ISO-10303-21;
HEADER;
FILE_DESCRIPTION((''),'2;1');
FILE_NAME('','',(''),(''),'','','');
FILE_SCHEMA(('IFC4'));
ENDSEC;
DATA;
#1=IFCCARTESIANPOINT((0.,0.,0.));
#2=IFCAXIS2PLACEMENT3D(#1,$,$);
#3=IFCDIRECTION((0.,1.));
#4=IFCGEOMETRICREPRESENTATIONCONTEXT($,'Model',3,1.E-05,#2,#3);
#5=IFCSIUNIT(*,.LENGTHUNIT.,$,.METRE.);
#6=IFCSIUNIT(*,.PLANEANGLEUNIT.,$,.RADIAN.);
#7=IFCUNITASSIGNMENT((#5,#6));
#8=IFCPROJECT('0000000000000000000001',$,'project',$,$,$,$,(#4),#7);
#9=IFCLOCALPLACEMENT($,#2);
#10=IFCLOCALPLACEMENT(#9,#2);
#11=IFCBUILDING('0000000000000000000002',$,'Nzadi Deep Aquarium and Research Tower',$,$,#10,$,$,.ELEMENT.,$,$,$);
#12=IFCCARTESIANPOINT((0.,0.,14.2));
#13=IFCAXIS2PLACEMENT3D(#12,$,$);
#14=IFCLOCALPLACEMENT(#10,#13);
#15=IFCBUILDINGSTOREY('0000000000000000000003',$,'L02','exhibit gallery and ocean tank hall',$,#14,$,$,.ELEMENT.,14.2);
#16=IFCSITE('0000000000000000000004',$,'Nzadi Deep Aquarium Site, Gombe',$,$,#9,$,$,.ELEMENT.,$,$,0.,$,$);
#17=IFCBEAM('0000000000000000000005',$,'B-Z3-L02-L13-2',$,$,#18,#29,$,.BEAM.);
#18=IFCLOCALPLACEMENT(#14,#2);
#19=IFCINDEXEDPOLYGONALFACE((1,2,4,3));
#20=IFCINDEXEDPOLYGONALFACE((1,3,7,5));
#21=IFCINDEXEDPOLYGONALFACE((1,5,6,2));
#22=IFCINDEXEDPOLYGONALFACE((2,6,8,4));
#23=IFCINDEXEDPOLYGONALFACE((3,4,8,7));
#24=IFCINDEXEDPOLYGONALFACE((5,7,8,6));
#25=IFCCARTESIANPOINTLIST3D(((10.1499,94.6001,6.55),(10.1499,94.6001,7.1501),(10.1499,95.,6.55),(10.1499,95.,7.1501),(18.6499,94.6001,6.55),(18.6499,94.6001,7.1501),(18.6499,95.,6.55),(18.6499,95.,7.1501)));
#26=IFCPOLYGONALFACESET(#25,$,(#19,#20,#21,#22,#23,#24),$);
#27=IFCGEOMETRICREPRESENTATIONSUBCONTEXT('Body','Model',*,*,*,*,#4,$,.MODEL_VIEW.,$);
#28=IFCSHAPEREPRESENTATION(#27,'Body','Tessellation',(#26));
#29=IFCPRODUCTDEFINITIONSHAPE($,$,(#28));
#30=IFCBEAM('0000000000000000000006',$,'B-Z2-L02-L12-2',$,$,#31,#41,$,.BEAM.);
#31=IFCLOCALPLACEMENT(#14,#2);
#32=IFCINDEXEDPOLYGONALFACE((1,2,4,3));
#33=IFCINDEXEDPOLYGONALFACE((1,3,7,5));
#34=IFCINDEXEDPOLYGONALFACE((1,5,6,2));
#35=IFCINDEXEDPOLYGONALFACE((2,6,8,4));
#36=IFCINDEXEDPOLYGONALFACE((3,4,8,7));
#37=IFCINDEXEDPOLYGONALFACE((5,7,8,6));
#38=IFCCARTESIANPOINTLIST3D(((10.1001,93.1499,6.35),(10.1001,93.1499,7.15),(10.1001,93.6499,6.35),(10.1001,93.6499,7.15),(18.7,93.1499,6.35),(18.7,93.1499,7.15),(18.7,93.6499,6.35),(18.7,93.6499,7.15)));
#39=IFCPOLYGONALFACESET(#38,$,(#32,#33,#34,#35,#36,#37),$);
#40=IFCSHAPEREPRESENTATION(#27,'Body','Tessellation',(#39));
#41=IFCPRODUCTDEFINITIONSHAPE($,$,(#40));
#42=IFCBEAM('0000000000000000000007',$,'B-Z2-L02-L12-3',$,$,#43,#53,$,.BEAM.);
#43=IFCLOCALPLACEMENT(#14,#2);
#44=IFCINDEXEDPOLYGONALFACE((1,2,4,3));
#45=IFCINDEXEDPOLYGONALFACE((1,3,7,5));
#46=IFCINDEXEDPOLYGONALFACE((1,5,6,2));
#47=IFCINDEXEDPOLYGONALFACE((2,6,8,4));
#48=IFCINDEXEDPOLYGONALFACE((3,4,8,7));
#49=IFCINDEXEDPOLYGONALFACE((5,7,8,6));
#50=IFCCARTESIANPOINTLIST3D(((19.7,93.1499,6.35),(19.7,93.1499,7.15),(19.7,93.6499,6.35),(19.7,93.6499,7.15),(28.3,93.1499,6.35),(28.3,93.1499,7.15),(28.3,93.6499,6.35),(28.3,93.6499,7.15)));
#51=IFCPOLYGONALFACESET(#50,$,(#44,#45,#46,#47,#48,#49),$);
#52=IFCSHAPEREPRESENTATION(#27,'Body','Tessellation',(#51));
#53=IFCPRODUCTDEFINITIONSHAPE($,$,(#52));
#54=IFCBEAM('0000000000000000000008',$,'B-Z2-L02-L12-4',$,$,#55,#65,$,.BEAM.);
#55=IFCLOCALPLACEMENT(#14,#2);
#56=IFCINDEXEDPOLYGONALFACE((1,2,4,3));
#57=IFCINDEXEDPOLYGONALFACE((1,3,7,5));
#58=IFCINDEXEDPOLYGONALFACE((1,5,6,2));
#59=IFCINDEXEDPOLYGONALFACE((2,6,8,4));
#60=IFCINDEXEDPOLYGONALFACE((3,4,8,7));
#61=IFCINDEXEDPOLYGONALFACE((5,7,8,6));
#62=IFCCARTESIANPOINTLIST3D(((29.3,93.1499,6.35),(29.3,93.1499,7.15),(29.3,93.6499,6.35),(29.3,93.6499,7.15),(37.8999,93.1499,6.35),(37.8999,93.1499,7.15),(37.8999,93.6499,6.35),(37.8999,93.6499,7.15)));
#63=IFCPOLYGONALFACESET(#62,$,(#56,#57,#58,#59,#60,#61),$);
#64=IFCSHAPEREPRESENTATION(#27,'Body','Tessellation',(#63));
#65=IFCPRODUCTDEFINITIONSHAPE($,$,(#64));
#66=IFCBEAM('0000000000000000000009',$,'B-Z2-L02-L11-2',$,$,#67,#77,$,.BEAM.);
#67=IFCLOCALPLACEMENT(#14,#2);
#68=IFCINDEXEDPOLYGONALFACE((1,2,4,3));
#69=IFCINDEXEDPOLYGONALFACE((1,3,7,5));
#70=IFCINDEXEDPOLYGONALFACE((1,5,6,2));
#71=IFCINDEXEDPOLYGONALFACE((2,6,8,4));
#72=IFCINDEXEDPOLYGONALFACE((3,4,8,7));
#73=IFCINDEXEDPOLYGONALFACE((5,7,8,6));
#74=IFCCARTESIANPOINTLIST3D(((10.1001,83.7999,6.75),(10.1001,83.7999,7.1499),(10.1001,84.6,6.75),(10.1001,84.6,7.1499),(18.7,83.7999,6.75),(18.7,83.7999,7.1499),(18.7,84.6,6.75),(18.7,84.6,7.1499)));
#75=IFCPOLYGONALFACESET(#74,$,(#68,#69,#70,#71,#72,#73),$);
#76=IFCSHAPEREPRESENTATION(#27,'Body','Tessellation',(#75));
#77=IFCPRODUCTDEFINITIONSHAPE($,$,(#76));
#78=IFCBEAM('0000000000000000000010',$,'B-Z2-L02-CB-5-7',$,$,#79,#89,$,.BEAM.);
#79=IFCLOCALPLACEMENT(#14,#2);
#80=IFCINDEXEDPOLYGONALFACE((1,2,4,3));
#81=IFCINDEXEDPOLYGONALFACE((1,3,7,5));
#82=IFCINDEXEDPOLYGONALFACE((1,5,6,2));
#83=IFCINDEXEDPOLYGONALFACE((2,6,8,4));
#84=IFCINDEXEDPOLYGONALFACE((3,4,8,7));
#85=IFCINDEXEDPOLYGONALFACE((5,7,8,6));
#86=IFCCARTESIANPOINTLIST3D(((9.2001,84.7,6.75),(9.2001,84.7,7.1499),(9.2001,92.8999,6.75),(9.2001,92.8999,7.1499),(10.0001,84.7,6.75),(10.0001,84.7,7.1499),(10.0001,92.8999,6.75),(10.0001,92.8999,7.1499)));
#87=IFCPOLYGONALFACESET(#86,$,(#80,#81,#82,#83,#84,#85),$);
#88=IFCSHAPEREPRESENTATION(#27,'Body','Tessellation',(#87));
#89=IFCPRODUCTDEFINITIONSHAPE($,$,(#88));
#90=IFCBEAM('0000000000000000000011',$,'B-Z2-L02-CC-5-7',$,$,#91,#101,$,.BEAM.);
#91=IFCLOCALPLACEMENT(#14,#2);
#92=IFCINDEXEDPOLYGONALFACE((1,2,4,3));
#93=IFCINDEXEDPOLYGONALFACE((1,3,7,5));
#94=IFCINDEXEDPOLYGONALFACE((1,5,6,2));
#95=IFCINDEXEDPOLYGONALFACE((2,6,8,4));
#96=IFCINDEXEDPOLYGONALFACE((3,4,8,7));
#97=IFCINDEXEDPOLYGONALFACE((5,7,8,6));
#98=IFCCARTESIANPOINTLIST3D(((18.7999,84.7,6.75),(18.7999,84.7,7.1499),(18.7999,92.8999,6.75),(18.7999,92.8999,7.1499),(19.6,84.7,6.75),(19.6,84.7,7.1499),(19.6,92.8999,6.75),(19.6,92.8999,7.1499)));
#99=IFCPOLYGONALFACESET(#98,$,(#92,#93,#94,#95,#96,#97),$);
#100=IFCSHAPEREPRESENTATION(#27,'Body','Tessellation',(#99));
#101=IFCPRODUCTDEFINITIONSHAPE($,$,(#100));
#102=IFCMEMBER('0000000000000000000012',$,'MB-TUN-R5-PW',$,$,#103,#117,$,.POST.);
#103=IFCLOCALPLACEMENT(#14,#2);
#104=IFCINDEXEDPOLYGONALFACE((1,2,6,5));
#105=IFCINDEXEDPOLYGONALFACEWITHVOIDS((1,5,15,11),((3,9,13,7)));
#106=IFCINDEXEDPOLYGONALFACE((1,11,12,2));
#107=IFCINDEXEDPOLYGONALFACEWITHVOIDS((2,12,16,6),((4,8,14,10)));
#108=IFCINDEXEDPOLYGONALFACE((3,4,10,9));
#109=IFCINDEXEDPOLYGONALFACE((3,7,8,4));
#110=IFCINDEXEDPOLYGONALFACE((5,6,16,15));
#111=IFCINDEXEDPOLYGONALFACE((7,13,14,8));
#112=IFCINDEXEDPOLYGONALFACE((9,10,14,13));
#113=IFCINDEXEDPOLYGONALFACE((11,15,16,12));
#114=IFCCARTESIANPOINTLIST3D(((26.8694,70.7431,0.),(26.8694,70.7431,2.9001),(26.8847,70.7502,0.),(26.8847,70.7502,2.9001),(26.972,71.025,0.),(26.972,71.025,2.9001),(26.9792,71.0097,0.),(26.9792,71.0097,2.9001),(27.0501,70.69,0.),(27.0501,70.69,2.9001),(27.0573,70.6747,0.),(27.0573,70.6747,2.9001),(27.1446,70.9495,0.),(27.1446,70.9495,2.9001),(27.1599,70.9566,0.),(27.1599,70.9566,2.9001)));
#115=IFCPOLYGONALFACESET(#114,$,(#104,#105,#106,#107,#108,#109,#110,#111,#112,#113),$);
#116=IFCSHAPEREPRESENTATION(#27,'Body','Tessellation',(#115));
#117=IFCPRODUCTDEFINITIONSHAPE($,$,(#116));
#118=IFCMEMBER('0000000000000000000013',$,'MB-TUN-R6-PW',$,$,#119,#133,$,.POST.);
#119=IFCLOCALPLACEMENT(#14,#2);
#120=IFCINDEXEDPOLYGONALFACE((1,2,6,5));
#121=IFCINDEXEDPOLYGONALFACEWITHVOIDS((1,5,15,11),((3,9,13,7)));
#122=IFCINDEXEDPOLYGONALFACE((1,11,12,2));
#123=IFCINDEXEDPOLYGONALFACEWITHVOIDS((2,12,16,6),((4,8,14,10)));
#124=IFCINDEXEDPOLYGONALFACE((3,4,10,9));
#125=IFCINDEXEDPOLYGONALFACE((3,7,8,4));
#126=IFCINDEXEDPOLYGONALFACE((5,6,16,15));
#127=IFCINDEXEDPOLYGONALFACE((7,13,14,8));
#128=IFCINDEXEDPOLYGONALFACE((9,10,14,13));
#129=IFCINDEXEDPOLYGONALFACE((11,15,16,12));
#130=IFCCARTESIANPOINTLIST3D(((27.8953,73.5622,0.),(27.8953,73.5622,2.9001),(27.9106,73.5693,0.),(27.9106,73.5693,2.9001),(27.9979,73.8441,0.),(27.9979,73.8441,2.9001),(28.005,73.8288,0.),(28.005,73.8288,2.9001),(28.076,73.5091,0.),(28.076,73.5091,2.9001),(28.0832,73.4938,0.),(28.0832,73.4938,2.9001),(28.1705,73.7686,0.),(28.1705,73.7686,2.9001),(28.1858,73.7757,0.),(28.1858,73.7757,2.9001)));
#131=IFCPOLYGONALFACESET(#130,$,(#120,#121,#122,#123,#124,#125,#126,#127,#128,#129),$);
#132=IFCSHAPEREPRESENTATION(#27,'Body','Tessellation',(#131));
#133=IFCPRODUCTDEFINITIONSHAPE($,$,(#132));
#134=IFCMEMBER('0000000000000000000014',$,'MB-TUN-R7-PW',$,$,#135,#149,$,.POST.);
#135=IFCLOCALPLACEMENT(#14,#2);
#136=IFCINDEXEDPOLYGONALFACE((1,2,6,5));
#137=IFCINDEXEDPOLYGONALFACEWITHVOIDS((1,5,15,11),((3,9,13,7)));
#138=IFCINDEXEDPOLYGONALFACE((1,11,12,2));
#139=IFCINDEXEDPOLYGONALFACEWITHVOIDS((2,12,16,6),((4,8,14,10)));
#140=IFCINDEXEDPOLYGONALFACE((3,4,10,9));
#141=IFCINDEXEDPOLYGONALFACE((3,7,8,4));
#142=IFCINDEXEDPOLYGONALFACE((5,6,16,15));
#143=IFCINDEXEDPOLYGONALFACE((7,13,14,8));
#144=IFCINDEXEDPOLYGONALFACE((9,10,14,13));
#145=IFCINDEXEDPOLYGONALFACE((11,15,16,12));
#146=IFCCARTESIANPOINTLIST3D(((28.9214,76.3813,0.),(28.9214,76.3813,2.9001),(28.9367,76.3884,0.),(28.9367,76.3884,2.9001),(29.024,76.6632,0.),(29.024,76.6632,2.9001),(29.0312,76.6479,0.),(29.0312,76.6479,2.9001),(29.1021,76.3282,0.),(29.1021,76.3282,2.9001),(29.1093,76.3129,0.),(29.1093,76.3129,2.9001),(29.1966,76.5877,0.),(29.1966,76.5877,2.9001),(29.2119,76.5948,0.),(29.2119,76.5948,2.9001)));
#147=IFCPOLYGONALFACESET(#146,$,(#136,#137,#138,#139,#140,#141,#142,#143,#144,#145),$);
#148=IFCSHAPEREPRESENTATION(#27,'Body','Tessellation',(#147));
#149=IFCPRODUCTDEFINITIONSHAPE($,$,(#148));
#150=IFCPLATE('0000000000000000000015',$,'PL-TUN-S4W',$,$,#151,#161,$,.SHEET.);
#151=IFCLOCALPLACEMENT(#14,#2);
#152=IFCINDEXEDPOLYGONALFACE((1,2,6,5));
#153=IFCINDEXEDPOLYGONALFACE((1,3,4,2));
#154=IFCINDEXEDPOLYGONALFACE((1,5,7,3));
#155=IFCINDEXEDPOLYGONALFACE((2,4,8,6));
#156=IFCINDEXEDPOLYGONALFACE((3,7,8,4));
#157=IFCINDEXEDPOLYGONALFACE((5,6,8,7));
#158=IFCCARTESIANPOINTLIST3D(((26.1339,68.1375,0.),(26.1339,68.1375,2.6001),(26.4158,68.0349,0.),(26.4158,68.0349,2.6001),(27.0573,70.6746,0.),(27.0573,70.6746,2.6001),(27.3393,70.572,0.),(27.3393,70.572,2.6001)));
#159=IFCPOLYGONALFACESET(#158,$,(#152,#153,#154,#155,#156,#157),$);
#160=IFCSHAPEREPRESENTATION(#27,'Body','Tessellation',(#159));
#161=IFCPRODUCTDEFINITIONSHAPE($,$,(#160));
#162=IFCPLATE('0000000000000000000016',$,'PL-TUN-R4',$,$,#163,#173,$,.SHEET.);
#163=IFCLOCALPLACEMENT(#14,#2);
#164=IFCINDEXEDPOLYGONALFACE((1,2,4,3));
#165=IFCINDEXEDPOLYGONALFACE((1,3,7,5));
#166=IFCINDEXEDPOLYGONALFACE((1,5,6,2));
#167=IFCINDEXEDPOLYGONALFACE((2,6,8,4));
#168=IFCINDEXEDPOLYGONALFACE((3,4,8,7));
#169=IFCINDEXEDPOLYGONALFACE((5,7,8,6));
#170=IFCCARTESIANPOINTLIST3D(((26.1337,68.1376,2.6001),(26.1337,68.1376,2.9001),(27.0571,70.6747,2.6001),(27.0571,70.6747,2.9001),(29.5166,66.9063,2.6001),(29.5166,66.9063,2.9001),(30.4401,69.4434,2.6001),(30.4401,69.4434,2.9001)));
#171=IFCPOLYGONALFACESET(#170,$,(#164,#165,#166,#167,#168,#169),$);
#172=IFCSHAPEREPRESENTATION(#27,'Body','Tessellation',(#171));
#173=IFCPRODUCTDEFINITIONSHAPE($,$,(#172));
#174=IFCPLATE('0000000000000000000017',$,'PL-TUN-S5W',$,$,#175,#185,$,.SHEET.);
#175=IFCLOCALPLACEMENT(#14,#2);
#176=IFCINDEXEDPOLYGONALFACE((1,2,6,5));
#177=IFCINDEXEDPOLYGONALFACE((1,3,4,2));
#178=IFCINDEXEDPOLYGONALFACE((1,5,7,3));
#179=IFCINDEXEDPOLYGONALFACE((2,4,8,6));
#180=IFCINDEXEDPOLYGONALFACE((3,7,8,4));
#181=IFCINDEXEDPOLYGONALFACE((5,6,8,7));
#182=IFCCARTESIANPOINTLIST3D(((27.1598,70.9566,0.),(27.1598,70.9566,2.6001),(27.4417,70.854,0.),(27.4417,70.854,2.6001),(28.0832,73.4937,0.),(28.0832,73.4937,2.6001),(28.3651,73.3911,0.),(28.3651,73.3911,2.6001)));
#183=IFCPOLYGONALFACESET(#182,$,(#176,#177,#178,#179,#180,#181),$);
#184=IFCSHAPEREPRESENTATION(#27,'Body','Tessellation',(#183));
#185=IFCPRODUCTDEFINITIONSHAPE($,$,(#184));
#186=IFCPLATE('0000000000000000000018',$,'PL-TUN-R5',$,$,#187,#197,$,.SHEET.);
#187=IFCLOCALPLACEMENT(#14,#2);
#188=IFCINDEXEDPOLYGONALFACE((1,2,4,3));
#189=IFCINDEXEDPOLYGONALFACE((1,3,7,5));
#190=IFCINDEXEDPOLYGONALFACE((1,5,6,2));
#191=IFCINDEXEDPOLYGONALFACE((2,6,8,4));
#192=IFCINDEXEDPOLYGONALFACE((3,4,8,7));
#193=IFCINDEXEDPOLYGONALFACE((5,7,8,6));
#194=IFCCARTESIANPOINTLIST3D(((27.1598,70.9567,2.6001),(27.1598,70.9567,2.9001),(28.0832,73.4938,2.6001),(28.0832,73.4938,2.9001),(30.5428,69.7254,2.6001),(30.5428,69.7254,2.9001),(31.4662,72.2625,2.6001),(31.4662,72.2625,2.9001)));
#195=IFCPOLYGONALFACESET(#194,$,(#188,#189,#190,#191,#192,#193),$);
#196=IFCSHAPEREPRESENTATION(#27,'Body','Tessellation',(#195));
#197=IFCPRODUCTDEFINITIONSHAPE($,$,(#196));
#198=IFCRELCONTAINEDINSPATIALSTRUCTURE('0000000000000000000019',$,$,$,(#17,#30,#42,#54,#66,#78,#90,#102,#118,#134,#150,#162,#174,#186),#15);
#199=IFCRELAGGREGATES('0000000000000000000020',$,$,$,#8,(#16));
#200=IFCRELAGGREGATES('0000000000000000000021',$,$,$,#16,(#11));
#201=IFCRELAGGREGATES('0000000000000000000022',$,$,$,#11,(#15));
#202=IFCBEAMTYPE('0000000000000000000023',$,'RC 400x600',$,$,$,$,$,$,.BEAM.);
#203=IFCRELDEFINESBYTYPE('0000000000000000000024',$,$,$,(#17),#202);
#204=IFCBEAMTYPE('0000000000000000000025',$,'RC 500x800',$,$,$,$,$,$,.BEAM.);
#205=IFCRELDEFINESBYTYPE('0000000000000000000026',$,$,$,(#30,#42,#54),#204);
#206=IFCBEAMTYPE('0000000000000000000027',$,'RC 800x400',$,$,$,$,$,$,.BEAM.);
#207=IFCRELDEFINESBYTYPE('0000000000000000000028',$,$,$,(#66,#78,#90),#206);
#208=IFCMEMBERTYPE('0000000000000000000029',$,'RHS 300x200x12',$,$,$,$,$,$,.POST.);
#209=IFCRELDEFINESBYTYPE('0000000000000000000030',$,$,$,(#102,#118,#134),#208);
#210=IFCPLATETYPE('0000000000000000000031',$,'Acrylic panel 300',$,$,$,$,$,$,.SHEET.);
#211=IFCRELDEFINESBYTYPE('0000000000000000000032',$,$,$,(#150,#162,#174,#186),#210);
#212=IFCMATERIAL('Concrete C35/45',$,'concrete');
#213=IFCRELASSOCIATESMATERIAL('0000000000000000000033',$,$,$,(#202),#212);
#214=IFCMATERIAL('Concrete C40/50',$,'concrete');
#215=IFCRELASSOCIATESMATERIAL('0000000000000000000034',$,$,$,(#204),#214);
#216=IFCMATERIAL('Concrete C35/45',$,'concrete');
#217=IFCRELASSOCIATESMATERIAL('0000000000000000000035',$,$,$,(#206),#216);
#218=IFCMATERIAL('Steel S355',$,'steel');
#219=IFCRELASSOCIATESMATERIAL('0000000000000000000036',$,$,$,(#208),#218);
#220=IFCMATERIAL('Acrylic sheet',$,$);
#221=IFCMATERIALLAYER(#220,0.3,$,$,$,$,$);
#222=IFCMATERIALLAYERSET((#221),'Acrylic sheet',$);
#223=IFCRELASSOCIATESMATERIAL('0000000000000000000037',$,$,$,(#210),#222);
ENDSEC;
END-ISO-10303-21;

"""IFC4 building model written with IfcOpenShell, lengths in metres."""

from ifc_helpers import new_model, si_unit, direction, frame, origin, origin_2d, place, context, subcontext, project, spatial, rectangle, hollow_rectangle, extrude, material, layer, layer_set, material_profile, profile_set, type_object, element, save


model = new_model("IFC4")

# Units and contexts
model_context = context("Model", 3, precision=1e-05, world=origin(), true_north=direction((0.0, 1.0)))
body_context = subcontext(model_context, "Body", "Model", "MODEL_VIEW")
ifc_project = project(units=[si_unit("LENGTHUNIT", "METRE"), si_unit("PLANEANGLEUNIT", "RADIAN")], contexts=[model_context])

# Site, building, storey
site_placement = place(None, origin())
site = spatial("IfcSite", under=ifc_project, at=site_placement, Name="Nzadi Deep Aquarium Site, Gombe", CompositionType="ELEMENT", RefElevation=0.0)
building_placement = place(site_placement, origin())
building = spatial("IfcBuilding", under=site, at=building_placement, Name="Nzadi Deep Aquarium and Research Tower", CompositionType="ELEMENT")
storey_placement = place(building_placement, frame((0.0, 0.0, 14.2)))
storey = spatial("IfcBuildingStorey", under=building, at=storey_placement, Name="L02", Description="exhibit gallery and ocean tank hall", CompositionType="ELEMENT", Elevation=14.2)

# Beams
ifc_material_1 = material(Name="Concrete C35/45", Category="concrete")
ifc_material_profile_1 = material_profile(ifc_material_1, rectangle(XDim=0.3999, YDim=0.6001, at=origin_2d()))
ifc_profile_set_1 = profile_set([ifc_material_profile_1], Name="Concrete C35/45")
beam_type_1 = type_object("IfcBeamType", Name="RC 400x600", PredefinedType="BEAM", material=ifc_profile_set_1)
beam_1_placement = place(storey_placement, frame((10.1499, 94.8, 6.8501), z_axis=(1.0, 0.0, 0.0), x_axis=(0.0, 1.0, 0.0)))
element("IfcBeam", 1, at=beam_1_placement, inside=storey, type_object=beam_type_1, Name="B-Z3-L02-L13-2", PredefinedType="BEAM", context=body_context, shape_type="SweptSolid", body=[
    extrude(rectangle(XDim=0.3999, YDim=0.6001, at=origin_2d()), origin(), (0.0, 0.0, 1.0), 8.5),
])
ifc_material_2 = material(Name="Concrete C40/50", Category="concrete")
ifc_material_profile_2 = material_profile(ifc_material_2, rectangle(XDim=0.5, YDim=0.8, at=origin_2d()))
ifc_profile_set_2 = profile_set([ifc_material_profile_2], Name="Concrete C40/50")
beam_type_2 = type_object("IfcBeamType", Name="RC 500x800", PredefinedType="BEAM", material=ifc_profile_set_2)
beam_2_placement = place(storey_placement, frame((10.1001, 93.3999, 6.75), z_axis=(1.0, 0.0, 0.0), x_axis=(0.0, 1.0, 0.0)))
element("IfcBeam", 2, at=beam_2_placement, inside=storey, type_object=beam_type_2, Name="B-Z2-L02-L12-2", PredefinedType="BEAM", context=body_context, shape_type="SweptSolid", body=[
    extrude(rectangle(XDim=0.5, YDim=0.8, at=origin_2d()), origin(), (0.0, 0.0, 1.0), 8.5999),
])
beam_3_placement = place(storey_placement, frame((19.7, 93.3999, 6.75), z_axis=(1.0, 0.0, 0.0), x_axis=(0.0, 1.0, 0.0)))
element("IfcBeam", 3, at=beam_3_placement, inside=storey, type_object=beam_type_2, Name="B-Z2-L02-L12-3", PredefinedType="BEAM", context=body_context, shape_type="SweptSolid", body=[
    extrude(rectangle(XDim=0.5, YDim=0.8, at=origin_2d()), origin(), (0.0, 0.0, 1.0), 8.6001),
])
beam_4_placement = place(storey_placement, frame((29.3, 93.3999, 6.75), z_axis=(1.0, 0.0, 0.0), x_axis=(0.0, 1.0, 0.0)))
element("IfcBeam", 4, at=beam_4_placement, inside=storey, type_object=beam_type_2, Name="B-Z2-L02-L12-4", PredefinedType="BEAM", context=body_context, shape_type="SweptSolid", body=[
    extrude(rectangle(XDim=0.5, YDim=0.8, at=origin_2d()), origin(), (0.0, 0.0, 1.0), 8.5999),
])
ifc_material_3 = material(Name="Concrete C35/45", Category="concrete")
ifc_material_profile_3 = material_profile(ifc_material_3, rectangle(XDim=0.8, YDim=0.3999, at=origin_2d()))
ifc_profile_set_3 = profile_set([ifc_material_profile_3], Name="Concrete C35/45")
beam_type_3 = type_object("IfcBeamType", Name="RC 800x400", PredefinedType="BEAM", material=ifc_profile_set_3)
beam_5_placement = place(storey_placement, frame((10.1001, 84.2, 6.95), z_axis=(1.0, 0.0, 0.0), x_axis=(0.0, 1.0, 0.0)))
element("IfcBeam", 5, at=beam_5_placement, inside=storey, type_object=beam_type_3, Name="B-Z2-L02-L11-2", PredefinedType="BEAM", context=body_context, shape_type="SweptSolid", body=[
    extrude(rectangle(XDim=0.8, YDim=0.3999, at=origin_2d()), origin(), (0.0, 0.0, 1.0), 8.5999),
])
for number, where, z_axis, x_axis, name in (
    (6, (9.6001, 84.7, 6.95), (0.0, 1.0, 0.0), (-1.0, 0.0, 0.0), "B-Z2-L02-CB-5-7"),
    (7, (19.2, 84.7, 6.95), (0.0, 1.0, 0.0), (-1.0, 0.0, 0.0), "B-Z2-L02-CC-5-7"),
):
    element("IfcBeam", number, at=place(storey_placement, frame(where, z_axis=z_axis, x_axis=x_axis)), inside=storey, type_object=beam_type_3, Name=name, PredefinedType="BEAM", context=body_context, shape_type="SweptSolid", body=[
        extrude(rectangle(XDim=0.8, YDim=0.3999, at=origin_2d()), origin(), (0.0, 0.0, 1.0), 8.2),
    ])

# Members
ifc_material_4 = material(Name="Steel S355", Category="steel")
ifc_material_profile_4 = material_profile(ifc_material_4, hollow_rectangle(XDim=0.2, YDim=0.3, WallThickness=0.012, at=origin_2d()))
ifc_profile_set_4 = profile_set([ifc_material_profile_4], Name="Steel S355")
member_type_1 = type_object("IfcMemberType", Name="RHS 300x200x12", PredefinedType="POST", material=ifc_profile_set_4)
for number, where, z_axis, x_axis, name in (
    (8, (27.0146, 70.8499, 0.0), (0.0, 0.0, 1.0), (0.939693, -0.34202, 0.0), "MB-TUN-R5-PW"),
    (9, (28.0405, 73.6689, 0.0), (0.0, 0.0, 1.0), (0.939693, -0.34202, 0.0), "MB-TUN-R6-PW"),
    (10, (29.0667, 76.488, 0.0), (0.0, 0.0, 1.0), (0.939693, -0.34202, 0.0), "MB-TUN-R7-PW"),
):
    element("IfcMember", number, at=place(storey_placement, frame(where, z_axis=z_axis, x_axis=x_axis)), inside=storey, type_object=member_type_1, Name=name, PredefinedType="POST", context=body_context, shape_type="SweptSolid", body=[
        extrude(hollow_rectangle(XDim=0.2, YDim=0.3, WallThickness=0.012, at=origin_2d()), origin(), (0.0, 0.0, 1.0), 2.9001),
    ])

# Plates
ifc_material_5 = material(Name="Acrylic sheet")
ifc_layer_1 = layer(ifc_material_5, 0.3)
ifc_layer_set_1 = layer_set([ifc_layer_1], Name="Acrylic sheet")
plate_type = type_object("IfcPlateType", Name="Acrylic panel 300", PredefinedType="SHEET", material=ifc_layer_set_1)
plate_1_placement = place(storey_placement, frame((26.7366, 69.3547, 0.0), z_axis=(0.0, 0.0, 1.0), x_axis=(0.939693, -0.34202, 0.0)))
element("IfcPlate", 11, at=plate_1_placement, inside=storey, type_object=plate_type, Name="PL-TUN-S4W", PredefinedType="SHEET", context=body_context, shape_type="SweptSolid", body=[
    extrude(rectangle(XDim=0.3, YDim=2.7, at=origin_2d()), origin(), (0.0, 0.0, 1.0), 2.6001),
])
plate_2_placement = place(storey_placement, frame((28.2869, 68.7905, 2.6001), z_axis=(0.0, 0.0, 1.0), x_axis=(0.939693, -0.34202, 0.0)))
element("IfcPlate", 12, at=plate_2_placement, inside=storey, type_object=plate_type, Name="PL-TUN-R4", PredefinedType="SHEET", context=body_context, shape_type="SweptSolid", body=[
    extrude(rectangle(XDim=3.6001, YDim=2.7, at=origin_2d()), origin(), (0.0, 0.0, 1.0), 0.3),
])
plate_3_placement = place(storey_placement, frame((27.7625, 72.1738, 0.0), z_axis=(0.0, 0.0, 1.0), x_axis=(0.939693, -0.34202, 0.0)))
element("IfcPlate", 13, at=plate_3_placement, inside=storey, type_object=plate_type, Name="PL-TUN-S5W", PredefinedType="SHEET", context=body_context, shape_type="SweptSolid", body=[
    extrude(rectangle(XDim=0.3, YDim=2.7, at=origin_2d()), origin(), (0.0, 0.0, 1.0), 2.6001),
])
plate_4_placement = place(storey_placement, frame((29.313, 71.6096, 2.6001), z_axis=(0.0, 0.0, 1.0), x_axis=(0.939693, -0.34202, 0.0)))
element("IfcPlate", 14, at=plate_4_placement, inside=storey, type_object=plate_type, Name="PL-TUN-R5", PredefinedType="SHEET", context=body_context, shape_type="SweptSolid", body=[
    extrude(rectangle(XDim=3.6001, YDim=2.7, at=origin_2d()), origin(), (0.0, 0.0, 1.0), 0.3),
])

save(model, "model.ifc")
